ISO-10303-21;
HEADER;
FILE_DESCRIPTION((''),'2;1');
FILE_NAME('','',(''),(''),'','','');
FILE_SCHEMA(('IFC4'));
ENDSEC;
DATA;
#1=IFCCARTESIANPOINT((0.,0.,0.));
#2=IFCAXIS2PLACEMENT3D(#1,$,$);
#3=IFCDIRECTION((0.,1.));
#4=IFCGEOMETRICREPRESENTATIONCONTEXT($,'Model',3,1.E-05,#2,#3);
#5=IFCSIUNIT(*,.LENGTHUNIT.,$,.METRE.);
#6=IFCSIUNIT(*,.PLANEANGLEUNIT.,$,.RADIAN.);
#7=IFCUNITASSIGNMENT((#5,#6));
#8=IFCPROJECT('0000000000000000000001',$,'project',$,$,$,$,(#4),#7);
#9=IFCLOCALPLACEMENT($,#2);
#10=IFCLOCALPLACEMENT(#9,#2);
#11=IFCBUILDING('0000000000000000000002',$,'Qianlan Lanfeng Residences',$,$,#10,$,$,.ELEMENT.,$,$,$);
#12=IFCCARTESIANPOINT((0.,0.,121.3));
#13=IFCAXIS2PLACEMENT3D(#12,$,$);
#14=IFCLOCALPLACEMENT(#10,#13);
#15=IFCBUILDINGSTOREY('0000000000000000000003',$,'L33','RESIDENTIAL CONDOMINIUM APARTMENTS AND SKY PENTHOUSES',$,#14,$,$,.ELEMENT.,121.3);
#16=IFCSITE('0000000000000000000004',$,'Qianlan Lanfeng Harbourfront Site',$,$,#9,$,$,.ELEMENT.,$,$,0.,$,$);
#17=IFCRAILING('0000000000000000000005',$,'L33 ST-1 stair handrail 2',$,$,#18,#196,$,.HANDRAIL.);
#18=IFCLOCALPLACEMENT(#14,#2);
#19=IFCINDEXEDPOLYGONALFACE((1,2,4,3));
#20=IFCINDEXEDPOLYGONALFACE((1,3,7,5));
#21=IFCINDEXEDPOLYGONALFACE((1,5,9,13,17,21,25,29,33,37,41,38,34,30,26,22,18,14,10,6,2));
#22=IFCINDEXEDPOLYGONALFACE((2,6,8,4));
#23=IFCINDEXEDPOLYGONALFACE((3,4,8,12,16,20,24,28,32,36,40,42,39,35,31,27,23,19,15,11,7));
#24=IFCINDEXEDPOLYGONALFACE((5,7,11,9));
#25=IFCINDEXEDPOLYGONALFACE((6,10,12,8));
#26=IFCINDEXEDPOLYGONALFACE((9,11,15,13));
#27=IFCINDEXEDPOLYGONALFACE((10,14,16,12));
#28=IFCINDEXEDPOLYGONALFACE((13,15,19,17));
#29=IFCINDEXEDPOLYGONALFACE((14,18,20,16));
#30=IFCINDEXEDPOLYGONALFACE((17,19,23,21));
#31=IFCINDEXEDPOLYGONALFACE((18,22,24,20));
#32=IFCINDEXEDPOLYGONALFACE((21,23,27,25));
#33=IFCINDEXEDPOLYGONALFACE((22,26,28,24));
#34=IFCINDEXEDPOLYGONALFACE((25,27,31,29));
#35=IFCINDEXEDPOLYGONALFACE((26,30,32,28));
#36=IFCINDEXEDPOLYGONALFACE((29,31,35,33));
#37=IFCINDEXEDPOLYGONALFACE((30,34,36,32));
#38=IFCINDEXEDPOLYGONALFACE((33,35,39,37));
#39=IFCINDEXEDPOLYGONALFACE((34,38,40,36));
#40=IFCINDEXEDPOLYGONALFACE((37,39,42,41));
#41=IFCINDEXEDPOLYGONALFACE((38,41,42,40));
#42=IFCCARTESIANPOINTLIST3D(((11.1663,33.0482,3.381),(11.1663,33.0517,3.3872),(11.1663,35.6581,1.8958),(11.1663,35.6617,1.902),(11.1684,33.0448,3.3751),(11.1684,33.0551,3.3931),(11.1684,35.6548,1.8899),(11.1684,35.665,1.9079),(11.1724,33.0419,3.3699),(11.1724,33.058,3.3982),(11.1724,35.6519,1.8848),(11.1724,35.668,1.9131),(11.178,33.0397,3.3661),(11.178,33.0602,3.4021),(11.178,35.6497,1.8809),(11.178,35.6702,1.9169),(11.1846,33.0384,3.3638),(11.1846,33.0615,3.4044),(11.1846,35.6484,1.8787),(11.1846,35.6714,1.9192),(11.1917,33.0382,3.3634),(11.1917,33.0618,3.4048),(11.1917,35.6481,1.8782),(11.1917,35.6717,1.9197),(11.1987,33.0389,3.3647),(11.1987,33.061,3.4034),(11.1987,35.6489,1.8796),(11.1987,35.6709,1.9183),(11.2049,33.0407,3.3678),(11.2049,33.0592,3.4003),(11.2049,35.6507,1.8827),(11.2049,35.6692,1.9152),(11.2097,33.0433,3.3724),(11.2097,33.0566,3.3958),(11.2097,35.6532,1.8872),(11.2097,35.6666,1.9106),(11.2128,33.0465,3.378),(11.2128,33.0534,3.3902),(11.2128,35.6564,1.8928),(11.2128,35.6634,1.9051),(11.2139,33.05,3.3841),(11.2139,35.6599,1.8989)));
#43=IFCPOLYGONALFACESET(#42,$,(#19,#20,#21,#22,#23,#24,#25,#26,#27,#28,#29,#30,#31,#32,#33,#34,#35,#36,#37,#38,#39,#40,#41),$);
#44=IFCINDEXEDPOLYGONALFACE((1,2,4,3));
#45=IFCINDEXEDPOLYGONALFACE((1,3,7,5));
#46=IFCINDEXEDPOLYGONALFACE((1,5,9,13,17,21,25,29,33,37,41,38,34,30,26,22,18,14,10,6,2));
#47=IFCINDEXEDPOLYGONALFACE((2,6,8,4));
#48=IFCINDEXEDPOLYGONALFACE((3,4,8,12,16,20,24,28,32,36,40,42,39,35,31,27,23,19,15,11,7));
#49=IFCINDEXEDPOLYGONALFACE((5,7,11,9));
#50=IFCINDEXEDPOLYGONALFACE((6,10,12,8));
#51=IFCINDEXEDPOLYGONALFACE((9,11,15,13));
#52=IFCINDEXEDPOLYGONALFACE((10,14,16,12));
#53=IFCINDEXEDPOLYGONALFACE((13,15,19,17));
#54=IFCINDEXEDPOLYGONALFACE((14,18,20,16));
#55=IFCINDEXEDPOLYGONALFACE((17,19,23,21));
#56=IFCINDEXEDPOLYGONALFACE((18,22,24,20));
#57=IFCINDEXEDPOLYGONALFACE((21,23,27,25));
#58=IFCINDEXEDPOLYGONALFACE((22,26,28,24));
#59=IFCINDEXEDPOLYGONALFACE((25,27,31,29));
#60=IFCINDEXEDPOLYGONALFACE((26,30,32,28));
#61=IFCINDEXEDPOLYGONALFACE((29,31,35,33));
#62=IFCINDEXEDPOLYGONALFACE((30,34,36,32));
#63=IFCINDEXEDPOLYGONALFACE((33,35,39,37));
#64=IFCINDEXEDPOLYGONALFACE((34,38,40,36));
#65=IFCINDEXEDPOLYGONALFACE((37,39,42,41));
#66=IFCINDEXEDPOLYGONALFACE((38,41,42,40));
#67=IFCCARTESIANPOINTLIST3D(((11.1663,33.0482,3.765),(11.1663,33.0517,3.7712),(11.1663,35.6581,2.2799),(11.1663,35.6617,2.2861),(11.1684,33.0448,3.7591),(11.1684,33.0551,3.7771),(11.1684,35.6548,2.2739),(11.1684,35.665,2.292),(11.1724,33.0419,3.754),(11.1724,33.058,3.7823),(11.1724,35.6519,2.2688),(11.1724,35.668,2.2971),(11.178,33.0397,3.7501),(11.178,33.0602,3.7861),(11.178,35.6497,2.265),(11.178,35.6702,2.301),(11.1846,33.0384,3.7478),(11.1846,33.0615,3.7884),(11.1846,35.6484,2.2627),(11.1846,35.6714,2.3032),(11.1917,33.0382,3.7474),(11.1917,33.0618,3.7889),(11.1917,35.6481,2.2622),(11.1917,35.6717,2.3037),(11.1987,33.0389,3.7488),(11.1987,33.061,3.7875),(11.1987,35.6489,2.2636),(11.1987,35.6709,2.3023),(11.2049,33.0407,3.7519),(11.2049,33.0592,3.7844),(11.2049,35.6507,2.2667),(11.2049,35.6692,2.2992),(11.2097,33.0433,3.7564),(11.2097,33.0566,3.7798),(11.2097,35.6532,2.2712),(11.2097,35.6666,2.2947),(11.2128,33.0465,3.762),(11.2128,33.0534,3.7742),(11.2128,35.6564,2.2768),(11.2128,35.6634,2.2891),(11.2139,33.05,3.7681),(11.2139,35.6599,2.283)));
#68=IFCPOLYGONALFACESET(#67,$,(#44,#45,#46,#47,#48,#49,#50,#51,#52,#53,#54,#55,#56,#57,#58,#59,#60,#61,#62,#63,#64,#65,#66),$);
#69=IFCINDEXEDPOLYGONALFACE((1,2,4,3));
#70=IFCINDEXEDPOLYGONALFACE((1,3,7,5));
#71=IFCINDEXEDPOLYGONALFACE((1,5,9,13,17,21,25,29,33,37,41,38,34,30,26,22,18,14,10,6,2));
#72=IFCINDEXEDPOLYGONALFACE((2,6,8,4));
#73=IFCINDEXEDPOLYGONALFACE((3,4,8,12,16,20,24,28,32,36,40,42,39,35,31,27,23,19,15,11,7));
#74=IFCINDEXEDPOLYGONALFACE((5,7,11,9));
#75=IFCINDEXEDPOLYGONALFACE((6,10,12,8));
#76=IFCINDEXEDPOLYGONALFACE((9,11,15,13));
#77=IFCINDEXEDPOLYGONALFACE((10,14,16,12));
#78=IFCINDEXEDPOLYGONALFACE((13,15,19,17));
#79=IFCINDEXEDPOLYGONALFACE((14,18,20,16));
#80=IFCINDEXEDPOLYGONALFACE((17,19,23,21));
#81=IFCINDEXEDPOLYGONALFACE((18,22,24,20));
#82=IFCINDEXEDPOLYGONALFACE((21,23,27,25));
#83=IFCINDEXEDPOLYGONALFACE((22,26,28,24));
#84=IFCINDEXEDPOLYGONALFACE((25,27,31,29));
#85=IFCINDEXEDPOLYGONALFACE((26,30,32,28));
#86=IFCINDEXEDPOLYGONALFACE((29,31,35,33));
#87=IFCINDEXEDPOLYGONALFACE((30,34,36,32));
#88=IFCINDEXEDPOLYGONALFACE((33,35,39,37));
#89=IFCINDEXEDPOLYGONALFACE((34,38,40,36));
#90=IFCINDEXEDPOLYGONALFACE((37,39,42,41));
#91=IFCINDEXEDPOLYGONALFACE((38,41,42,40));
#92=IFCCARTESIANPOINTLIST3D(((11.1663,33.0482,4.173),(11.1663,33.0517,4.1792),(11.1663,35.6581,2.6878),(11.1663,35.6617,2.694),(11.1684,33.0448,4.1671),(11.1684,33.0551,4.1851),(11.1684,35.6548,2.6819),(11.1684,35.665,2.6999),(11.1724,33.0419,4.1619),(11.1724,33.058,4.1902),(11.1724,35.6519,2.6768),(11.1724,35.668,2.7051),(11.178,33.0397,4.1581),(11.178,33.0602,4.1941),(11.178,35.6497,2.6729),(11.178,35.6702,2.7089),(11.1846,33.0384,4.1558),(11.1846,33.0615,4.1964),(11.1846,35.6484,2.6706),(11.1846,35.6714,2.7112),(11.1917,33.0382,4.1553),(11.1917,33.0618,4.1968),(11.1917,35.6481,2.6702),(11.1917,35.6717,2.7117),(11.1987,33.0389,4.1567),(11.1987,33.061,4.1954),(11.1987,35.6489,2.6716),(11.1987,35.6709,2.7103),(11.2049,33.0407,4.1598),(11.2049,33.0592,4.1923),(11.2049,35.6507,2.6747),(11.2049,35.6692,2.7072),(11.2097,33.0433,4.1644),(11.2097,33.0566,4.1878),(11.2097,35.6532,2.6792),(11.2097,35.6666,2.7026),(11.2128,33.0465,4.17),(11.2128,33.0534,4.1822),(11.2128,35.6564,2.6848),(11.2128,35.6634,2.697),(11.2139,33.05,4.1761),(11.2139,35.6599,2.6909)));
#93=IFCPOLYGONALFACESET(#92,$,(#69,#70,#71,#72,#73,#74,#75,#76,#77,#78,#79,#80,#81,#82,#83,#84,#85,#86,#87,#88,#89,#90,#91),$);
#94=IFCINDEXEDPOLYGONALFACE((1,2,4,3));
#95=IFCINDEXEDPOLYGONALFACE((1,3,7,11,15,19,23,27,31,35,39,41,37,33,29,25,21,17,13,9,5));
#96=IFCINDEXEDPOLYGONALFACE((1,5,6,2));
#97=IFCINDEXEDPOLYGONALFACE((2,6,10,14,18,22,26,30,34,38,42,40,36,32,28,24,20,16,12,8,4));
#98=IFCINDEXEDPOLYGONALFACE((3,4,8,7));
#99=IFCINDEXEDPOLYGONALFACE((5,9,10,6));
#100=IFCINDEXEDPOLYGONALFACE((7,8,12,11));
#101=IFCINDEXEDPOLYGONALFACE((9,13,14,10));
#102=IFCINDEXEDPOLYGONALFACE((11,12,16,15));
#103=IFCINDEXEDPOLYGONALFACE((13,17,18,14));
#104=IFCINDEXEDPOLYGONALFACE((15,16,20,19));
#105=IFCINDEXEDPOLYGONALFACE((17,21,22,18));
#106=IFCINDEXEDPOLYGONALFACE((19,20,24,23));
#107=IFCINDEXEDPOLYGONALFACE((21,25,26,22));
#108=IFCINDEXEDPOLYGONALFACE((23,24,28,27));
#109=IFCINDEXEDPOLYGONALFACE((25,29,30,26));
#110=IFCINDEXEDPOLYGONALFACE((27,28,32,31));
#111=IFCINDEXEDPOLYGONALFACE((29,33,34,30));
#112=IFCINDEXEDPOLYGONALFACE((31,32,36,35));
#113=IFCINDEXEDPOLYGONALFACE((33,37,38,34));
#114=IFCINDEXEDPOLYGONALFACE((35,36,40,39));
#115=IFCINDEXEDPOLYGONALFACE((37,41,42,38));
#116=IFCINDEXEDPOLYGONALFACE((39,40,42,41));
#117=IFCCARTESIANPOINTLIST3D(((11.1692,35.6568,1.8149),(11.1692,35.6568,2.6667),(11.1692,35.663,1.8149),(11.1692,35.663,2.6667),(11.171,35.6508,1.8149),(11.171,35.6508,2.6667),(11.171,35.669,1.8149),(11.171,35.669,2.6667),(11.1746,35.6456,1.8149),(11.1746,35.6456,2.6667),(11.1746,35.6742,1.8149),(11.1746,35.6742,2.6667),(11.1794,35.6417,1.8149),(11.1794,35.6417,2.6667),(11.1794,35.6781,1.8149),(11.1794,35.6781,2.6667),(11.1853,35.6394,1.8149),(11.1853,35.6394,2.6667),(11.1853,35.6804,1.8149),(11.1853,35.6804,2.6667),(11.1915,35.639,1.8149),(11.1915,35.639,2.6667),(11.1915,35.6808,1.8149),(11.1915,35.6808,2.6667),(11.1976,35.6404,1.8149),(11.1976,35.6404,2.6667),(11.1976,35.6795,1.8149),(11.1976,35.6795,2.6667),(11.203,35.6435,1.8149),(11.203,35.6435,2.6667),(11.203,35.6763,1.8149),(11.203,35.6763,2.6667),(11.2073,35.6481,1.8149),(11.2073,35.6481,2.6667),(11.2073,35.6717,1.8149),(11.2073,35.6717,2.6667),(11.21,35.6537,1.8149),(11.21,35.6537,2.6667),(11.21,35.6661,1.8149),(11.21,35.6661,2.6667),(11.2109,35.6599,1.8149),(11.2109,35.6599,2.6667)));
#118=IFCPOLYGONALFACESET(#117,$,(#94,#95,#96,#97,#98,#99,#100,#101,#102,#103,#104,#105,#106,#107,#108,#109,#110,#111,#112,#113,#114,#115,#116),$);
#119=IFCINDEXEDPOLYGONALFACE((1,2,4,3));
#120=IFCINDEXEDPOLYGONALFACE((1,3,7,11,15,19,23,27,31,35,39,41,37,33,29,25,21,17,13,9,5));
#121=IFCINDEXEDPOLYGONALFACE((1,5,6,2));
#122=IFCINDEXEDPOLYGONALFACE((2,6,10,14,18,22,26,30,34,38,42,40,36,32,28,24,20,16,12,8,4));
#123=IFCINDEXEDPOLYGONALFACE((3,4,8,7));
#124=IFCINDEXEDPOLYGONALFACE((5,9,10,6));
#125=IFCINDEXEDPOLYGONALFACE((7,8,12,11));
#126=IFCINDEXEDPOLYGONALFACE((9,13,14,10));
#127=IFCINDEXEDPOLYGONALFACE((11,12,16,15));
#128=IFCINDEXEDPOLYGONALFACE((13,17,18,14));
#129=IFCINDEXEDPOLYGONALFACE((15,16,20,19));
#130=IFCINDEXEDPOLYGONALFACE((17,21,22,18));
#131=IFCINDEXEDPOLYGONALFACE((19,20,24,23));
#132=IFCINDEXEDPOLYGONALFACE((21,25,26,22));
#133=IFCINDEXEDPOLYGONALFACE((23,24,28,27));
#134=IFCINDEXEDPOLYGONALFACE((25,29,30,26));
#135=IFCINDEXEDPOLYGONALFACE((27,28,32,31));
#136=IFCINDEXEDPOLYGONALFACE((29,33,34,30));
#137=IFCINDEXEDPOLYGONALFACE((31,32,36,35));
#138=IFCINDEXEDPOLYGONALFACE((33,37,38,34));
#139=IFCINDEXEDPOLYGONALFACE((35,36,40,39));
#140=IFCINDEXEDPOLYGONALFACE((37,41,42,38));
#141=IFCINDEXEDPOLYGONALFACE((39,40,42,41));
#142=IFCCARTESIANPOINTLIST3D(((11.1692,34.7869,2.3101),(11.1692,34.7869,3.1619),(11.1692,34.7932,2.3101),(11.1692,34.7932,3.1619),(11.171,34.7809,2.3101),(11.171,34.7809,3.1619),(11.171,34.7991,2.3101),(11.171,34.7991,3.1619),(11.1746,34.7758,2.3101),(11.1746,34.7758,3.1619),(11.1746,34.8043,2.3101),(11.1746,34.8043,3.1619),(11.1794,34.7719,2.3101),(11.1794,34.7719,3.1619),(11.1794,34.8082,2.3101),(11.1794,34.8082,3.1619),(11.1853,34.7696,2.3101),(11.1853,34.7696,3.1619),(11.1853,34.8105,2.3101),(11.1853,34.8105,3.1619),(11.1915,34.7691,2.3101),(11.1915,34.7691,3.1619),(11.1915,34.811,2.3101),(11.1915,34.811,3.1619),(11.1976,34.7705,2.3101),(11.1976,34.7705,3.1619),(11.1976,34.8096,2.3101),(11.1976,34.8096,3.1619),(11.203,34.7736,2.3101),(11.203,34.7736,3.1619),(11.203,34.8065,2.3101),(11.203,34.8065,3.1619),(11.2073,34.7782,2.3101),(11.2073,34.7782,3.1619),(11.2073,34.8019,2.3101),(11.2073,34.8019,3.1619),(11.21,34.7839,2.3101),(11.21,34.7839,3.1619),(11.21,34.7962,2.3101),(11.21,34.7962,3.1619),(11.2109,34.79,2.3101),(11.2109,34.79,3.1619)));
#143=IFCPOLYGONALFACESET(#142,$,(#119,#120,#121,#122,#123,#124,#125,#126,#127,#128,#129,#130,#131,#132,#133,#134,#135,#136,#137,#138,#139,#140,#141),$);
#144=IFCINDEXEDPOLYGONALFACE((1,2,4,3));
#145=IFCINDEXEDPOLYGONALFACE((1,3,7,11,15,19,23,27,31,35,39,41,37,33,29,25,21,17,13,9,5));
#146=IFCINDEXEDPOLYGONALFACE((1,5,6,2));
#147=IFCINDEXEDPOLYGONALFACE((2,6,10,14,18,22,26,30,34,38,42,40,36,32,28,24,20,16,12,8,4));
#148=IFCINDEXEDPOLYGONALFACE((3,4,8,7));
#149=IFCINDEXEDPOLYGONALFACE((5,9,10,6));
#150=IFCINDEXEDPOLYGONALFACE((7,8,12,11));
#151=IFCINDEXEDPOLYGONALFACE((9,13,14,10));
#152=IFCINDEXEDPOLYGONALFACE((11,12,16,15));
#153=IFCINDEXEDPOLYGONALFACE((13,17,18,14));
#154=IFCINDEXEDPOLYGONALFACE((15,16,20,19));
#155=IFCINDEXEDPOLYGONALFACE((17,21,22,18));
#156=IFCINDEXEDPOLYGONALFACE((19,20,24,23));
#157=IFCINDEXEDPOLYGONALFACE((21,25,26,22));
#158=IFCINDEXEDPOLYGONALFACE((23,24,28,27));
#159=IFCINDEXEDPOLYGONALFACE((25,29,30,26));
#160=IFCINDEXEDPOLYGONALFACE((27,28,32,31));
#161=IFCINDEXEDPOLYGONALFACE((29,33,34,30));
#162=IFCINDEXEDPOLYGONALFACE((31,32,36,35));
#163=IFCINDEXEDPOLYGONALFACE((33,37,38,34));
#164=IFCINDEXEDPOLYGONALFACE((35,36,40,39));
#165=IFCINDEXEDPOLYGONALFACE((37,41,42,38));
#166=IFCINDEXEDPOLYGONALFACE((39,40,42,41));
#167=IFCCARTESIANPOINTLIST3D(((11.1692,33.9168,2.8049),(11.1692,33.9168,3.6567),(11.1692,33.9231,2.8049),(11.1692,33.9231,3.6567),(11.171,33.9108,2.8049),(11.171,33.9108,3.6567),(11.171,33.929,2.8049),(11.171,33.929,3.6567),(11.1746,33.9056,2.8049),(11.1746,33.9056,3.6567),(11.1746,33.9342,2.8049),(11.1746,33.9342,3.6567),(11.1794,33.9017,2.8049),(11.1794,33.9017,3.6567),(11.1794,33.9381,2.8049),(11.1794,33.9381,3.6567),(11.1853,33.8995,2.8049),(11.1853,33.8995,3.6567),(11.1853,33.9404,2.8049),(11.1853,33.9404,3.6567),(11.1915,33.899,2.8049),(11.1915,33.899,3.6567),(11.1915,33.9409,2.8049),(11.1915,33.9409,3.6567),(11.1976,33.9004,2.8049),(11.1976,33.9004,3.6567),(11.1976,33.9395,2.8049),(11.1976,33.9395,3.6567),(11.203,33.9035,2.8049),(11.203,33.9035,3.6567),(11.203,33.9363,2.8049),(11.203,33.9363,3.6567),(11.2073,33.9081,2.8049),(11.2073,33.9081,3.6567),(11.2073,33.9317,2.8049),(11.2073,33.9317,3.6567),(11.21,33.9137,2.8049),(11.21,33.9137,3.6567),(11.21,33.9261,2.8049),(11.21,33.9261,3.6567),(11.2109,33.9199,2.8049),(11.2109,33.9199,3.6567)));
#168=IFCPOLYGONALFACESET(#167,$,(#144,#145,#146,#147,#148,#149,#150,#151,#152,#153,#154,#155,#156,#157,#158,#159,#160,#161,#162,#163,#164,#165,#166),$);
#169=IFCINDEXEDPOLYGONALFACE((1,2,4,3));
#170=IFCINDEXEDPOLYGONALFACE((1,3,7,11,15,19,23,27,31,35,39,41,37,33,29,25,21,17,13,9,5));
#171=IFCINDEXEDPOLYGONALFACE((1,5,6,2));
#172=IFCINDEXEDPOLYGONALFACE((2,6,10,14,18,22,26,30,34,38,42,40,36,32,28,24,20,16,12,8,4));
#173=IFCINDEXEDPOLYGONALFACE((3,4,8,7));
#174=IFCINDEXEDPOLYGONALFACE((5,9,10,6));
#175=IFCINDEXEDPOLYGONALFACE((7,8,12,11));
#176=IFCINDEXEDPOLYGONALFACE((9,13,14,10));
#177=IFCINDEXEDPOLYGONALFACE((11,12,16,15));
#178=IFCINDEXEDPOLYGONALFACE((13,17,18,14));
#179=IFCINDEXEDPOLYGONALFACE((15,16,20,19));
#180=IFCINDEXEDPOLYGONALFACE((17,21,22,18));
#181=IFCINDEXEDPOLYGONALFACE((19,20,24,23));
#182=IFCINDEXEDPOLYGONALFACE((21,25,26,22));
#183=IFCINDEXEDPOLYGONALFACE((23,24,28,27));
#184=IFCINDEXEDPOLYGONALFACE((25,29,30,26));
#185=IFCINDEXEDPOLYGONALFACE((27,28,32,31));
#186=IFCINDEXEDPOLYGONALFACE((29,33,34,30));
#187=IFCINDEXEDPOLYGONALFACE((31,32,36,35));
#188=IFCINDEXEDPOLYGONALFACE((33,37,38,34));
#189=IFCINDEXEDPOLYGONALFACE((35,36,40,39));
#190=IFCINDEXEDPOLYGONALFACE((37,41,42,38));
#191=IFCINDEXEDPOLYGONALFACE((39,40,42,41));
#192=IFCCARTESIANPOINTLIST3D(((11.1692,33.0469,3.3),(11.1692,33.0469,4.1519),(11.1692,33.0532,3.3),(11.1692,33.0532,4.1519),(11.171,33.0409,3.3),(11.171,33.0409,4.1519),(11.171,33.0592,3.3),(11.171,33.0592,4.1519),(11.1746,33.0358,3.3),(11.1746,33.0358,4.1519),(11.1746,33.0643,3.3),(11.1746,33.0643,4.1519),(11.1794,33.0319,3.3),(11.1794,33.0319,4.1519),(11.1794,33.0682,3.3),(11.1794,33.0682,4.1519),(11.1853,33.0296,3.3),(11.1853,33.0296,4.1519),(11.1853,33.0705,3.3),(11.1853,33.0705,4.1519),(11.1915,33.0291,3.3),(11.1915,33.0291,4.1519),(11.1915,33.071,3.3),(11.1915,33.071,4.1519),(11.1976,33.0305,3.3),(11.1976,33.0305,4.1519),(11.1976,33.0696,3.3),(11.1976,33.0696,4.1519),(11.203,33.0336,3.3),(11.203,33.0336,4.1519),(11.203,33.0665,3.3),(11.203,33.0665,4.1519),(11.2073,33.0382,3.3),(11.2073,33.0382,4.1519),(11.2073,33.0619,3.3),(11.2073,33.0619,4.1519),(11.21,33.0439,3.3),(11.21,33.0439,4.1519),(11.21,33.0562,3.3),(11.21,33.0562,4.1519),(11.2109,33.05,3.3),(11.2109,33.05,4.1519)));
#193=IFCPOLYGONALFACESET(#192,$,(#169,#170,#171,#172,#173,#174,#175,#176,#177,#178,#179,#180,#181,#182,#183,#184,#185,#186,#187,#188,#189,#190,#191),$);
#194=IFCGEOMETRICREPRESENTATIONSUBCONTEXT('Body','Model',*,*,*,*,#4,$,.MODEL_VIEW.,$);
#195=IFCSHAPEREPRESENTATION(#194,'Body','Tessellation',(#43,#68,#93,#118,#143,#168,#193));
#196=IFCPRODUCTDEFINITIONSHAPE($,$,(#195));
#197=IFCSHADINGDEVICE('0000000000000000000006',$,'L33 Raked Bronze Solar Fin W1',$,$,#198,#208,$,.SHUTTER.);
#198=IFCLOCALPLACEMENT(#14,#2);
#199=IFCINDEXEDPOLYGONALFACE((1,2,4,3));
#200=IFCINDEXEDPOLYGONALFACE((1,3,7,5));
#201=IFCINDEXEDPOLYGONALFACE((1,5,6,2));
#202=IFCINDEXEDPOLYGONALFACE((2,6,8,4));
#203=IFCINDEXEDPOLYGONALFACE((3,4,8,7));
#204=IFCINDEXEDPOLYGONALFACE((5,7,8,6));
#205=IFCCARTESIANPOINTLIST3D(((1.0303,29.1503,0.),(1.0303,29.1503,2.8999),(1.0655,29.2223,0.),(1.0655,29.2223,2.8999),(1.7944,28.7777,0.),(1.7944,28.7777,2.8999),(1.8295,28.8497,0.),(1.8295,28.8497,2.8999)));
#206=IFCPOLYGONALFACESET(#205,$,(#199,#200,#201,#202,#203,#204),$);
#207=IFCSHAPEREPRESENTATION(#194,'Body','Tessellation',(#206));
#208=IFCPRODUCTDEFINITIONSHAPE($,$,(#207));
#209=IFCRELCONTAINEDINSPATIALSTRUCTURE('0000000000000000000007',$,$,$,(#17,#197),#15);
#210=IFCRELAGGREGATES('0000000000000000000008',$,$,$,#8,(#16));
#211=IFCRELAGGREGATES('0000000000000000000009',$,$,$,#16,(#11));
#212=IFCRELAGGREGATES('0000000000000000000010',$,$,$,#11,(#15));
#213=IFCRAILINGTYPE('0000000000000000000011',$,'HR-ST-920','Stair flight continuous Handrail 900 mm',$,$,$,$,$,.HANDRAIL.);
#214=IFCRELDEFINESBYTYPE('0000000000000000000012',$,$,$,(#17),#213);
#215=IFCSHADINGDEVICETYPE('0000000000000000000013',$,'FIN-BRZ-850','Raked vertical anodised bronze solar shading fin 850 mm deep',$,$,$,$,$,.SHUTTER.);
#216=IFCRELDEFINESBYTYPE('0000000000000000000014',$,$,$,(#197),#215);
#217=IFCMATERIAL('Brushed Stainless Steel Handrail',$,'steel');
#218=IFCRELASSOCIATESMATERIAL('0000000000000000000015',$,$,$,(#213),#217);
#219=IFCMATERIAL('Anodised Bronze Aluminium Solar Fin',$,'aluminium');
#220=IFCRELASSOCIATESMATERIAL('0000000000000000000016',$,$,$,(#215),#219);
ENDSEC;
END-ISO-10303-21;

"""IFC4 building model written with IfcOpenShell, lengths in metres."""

from ifc_helpers import new_model, si_unit, direction, frame, origin, origin_2d, place, context, subcontext, project, spatial, rectangle, circle, extrude, source, transform, mapped, material, type_object, element, save


model = new_model("IFC4")

# Units and contexts
model_context = context("Model", 3, precision=1e-05, world=origin(), true_north=direction((0.0, 1.0)))
body_context = subcontext(model_context, "Body", "Model", "MODEL_VIEW")
ifc_project = project(units=[si_unit("LENGTHUNIT", "METRE"), si_unit("PLANEANGLEUNIT", "RADIAN")], contexts=[model_context])

# Site, building, storey
site_placement = place(None, origin())
site = spatial("IfcSite", under=ifc_project, at=site_placement, Name="Qianlan Lanfeng Harbourfront Site", CompositionType="ELEMENT", RefElevation=0.0)
building_placement = place(site_placement, origin())
building = spatial("IfcBuilding", under=site, at=building_placement, Name="Qianlan Lanfeng Residences", CompositionType="ELEMENT")
storey_placement = place(building_placement, frame((0.0, 0.0, 121.3)))
storey = spatial("IfcBuildingStorey", under=building, at=storey_placement, Name="L33", Description="RESIDENTIAL CONDOMINIUM APARTMENTS AND SKY PENTHOUSES", CompositionType="ELEMENT", Elevation=121.3)

# Railing
ifc_material_1 = material(Name="Brushed Stainless Steel Handrail", Category="steel")
railing_type = type_object("IfcRailingType", Name="HR-ST-920", Description="Stair flight continuous Handrail 900 mm", PredefinedType="HANDRAIL", material=ifc_material_1)
railing_placement = place(storey_placement, frame((11.1899, 35.6599, 1.8149)))
element("IfcRailing", 1, at=railing_placement, inside=storey, type_object=railing_type, Name="L33 ST-1 stair handrail 2", PredefinedType="HANDRAIL", context=body_context, shape_type="SweptSolid", body=[
    extrude(circle(Radius=0.0239, at=origin_2d()), frame((0.0, 0.0, 0.084), z_axis=(0.0, -0.869137, 0.494571), x_axis=(1.0, 0.0, 0.0)), (0.0, 0.0, 1.0), 3.0029),
    extrude(circle(Radius=0.0239, at=origin_2d()), frame((0.0, 0.0, 0.468), z_axis=(0.0, -0.869137, 0.494571), x_axis=(1.0, 0.0, 0.0)), (0.0, 0.0, 1.0), 3.0029),
    extrude(circle(Radius=0.0239, at=origin_2d()), frame((0.0, 0.0, 0.876), z_axis=(0.0, -0.869137, 0.494571), x_axis=(1.0, 0.0, 0.0)), (0.0, 0.0, 1.0), 3.0029),
    extrude(circle(Radius=0.021, at=origin_2d()), origin(), (0.0, 0.0, 1.0), 0.8518),
    extrude(circle(Radius=0.021, at=origin_2d()), frame((0.0, -0.8699, 0.4951)), (0.0, 0.0, 1.0), 0.8518),
    extrude(circle(Radius=0.021, at=origin_2d()), frame((0.0, -1.74, 0.99)), (0.0, 0.0, 1.0), 0.8518),
    extrude(circle(Radius=0.021, at=origin_2d()), frame((0.0, -2.6099, 1.4851)), (0.0, 0.0, 1.0), 0.8518),
])

# Shading device
ifc_material_2 = material(Name="Anodised Bronze Aluminium Solar Fin", Category="aluminium")
shading_device_type = type_object("IfcShadingDeviceType", Name="FIN-BRZ-850", Description="Raked vertical anodised bronze solar shading fin 850 mm deep", PredefinedType="SHUTTER", material=ifc_material_2)
shared_shape_1 = source(origin(), body_context, "Body", "SweptSolid", [
    extrude(rectangle(XDim=0.8501, YDim=0.0801, at=origin_2d()), origin(), (0.0, 0.0, 1.0), 2.8999),
])
for number, where, z_axis, x_axis, name in (
    (2, (1.4299, 29.0, 0.0), (0.0, 0.0, 1.0), (0.898794, -0.438371, 0.0), "L33 Raked Bronze Solar Fin W1"),
):
    element("IfcShadingDevice", number, at=place(storey_placement, frame(where, z_axis=z_axis, x_axis=x_axis)), inside=storey, type_object=shading_device_type, Name=name, PredefinedType="SHUTTER", context=body_context, shape_type="MappedRepresentation", body=[
        mapped(shared_shape_1, transform((0.0, 0.0, 0.0), scale=1.0)),
    ])

save(model, "model.ifc")
